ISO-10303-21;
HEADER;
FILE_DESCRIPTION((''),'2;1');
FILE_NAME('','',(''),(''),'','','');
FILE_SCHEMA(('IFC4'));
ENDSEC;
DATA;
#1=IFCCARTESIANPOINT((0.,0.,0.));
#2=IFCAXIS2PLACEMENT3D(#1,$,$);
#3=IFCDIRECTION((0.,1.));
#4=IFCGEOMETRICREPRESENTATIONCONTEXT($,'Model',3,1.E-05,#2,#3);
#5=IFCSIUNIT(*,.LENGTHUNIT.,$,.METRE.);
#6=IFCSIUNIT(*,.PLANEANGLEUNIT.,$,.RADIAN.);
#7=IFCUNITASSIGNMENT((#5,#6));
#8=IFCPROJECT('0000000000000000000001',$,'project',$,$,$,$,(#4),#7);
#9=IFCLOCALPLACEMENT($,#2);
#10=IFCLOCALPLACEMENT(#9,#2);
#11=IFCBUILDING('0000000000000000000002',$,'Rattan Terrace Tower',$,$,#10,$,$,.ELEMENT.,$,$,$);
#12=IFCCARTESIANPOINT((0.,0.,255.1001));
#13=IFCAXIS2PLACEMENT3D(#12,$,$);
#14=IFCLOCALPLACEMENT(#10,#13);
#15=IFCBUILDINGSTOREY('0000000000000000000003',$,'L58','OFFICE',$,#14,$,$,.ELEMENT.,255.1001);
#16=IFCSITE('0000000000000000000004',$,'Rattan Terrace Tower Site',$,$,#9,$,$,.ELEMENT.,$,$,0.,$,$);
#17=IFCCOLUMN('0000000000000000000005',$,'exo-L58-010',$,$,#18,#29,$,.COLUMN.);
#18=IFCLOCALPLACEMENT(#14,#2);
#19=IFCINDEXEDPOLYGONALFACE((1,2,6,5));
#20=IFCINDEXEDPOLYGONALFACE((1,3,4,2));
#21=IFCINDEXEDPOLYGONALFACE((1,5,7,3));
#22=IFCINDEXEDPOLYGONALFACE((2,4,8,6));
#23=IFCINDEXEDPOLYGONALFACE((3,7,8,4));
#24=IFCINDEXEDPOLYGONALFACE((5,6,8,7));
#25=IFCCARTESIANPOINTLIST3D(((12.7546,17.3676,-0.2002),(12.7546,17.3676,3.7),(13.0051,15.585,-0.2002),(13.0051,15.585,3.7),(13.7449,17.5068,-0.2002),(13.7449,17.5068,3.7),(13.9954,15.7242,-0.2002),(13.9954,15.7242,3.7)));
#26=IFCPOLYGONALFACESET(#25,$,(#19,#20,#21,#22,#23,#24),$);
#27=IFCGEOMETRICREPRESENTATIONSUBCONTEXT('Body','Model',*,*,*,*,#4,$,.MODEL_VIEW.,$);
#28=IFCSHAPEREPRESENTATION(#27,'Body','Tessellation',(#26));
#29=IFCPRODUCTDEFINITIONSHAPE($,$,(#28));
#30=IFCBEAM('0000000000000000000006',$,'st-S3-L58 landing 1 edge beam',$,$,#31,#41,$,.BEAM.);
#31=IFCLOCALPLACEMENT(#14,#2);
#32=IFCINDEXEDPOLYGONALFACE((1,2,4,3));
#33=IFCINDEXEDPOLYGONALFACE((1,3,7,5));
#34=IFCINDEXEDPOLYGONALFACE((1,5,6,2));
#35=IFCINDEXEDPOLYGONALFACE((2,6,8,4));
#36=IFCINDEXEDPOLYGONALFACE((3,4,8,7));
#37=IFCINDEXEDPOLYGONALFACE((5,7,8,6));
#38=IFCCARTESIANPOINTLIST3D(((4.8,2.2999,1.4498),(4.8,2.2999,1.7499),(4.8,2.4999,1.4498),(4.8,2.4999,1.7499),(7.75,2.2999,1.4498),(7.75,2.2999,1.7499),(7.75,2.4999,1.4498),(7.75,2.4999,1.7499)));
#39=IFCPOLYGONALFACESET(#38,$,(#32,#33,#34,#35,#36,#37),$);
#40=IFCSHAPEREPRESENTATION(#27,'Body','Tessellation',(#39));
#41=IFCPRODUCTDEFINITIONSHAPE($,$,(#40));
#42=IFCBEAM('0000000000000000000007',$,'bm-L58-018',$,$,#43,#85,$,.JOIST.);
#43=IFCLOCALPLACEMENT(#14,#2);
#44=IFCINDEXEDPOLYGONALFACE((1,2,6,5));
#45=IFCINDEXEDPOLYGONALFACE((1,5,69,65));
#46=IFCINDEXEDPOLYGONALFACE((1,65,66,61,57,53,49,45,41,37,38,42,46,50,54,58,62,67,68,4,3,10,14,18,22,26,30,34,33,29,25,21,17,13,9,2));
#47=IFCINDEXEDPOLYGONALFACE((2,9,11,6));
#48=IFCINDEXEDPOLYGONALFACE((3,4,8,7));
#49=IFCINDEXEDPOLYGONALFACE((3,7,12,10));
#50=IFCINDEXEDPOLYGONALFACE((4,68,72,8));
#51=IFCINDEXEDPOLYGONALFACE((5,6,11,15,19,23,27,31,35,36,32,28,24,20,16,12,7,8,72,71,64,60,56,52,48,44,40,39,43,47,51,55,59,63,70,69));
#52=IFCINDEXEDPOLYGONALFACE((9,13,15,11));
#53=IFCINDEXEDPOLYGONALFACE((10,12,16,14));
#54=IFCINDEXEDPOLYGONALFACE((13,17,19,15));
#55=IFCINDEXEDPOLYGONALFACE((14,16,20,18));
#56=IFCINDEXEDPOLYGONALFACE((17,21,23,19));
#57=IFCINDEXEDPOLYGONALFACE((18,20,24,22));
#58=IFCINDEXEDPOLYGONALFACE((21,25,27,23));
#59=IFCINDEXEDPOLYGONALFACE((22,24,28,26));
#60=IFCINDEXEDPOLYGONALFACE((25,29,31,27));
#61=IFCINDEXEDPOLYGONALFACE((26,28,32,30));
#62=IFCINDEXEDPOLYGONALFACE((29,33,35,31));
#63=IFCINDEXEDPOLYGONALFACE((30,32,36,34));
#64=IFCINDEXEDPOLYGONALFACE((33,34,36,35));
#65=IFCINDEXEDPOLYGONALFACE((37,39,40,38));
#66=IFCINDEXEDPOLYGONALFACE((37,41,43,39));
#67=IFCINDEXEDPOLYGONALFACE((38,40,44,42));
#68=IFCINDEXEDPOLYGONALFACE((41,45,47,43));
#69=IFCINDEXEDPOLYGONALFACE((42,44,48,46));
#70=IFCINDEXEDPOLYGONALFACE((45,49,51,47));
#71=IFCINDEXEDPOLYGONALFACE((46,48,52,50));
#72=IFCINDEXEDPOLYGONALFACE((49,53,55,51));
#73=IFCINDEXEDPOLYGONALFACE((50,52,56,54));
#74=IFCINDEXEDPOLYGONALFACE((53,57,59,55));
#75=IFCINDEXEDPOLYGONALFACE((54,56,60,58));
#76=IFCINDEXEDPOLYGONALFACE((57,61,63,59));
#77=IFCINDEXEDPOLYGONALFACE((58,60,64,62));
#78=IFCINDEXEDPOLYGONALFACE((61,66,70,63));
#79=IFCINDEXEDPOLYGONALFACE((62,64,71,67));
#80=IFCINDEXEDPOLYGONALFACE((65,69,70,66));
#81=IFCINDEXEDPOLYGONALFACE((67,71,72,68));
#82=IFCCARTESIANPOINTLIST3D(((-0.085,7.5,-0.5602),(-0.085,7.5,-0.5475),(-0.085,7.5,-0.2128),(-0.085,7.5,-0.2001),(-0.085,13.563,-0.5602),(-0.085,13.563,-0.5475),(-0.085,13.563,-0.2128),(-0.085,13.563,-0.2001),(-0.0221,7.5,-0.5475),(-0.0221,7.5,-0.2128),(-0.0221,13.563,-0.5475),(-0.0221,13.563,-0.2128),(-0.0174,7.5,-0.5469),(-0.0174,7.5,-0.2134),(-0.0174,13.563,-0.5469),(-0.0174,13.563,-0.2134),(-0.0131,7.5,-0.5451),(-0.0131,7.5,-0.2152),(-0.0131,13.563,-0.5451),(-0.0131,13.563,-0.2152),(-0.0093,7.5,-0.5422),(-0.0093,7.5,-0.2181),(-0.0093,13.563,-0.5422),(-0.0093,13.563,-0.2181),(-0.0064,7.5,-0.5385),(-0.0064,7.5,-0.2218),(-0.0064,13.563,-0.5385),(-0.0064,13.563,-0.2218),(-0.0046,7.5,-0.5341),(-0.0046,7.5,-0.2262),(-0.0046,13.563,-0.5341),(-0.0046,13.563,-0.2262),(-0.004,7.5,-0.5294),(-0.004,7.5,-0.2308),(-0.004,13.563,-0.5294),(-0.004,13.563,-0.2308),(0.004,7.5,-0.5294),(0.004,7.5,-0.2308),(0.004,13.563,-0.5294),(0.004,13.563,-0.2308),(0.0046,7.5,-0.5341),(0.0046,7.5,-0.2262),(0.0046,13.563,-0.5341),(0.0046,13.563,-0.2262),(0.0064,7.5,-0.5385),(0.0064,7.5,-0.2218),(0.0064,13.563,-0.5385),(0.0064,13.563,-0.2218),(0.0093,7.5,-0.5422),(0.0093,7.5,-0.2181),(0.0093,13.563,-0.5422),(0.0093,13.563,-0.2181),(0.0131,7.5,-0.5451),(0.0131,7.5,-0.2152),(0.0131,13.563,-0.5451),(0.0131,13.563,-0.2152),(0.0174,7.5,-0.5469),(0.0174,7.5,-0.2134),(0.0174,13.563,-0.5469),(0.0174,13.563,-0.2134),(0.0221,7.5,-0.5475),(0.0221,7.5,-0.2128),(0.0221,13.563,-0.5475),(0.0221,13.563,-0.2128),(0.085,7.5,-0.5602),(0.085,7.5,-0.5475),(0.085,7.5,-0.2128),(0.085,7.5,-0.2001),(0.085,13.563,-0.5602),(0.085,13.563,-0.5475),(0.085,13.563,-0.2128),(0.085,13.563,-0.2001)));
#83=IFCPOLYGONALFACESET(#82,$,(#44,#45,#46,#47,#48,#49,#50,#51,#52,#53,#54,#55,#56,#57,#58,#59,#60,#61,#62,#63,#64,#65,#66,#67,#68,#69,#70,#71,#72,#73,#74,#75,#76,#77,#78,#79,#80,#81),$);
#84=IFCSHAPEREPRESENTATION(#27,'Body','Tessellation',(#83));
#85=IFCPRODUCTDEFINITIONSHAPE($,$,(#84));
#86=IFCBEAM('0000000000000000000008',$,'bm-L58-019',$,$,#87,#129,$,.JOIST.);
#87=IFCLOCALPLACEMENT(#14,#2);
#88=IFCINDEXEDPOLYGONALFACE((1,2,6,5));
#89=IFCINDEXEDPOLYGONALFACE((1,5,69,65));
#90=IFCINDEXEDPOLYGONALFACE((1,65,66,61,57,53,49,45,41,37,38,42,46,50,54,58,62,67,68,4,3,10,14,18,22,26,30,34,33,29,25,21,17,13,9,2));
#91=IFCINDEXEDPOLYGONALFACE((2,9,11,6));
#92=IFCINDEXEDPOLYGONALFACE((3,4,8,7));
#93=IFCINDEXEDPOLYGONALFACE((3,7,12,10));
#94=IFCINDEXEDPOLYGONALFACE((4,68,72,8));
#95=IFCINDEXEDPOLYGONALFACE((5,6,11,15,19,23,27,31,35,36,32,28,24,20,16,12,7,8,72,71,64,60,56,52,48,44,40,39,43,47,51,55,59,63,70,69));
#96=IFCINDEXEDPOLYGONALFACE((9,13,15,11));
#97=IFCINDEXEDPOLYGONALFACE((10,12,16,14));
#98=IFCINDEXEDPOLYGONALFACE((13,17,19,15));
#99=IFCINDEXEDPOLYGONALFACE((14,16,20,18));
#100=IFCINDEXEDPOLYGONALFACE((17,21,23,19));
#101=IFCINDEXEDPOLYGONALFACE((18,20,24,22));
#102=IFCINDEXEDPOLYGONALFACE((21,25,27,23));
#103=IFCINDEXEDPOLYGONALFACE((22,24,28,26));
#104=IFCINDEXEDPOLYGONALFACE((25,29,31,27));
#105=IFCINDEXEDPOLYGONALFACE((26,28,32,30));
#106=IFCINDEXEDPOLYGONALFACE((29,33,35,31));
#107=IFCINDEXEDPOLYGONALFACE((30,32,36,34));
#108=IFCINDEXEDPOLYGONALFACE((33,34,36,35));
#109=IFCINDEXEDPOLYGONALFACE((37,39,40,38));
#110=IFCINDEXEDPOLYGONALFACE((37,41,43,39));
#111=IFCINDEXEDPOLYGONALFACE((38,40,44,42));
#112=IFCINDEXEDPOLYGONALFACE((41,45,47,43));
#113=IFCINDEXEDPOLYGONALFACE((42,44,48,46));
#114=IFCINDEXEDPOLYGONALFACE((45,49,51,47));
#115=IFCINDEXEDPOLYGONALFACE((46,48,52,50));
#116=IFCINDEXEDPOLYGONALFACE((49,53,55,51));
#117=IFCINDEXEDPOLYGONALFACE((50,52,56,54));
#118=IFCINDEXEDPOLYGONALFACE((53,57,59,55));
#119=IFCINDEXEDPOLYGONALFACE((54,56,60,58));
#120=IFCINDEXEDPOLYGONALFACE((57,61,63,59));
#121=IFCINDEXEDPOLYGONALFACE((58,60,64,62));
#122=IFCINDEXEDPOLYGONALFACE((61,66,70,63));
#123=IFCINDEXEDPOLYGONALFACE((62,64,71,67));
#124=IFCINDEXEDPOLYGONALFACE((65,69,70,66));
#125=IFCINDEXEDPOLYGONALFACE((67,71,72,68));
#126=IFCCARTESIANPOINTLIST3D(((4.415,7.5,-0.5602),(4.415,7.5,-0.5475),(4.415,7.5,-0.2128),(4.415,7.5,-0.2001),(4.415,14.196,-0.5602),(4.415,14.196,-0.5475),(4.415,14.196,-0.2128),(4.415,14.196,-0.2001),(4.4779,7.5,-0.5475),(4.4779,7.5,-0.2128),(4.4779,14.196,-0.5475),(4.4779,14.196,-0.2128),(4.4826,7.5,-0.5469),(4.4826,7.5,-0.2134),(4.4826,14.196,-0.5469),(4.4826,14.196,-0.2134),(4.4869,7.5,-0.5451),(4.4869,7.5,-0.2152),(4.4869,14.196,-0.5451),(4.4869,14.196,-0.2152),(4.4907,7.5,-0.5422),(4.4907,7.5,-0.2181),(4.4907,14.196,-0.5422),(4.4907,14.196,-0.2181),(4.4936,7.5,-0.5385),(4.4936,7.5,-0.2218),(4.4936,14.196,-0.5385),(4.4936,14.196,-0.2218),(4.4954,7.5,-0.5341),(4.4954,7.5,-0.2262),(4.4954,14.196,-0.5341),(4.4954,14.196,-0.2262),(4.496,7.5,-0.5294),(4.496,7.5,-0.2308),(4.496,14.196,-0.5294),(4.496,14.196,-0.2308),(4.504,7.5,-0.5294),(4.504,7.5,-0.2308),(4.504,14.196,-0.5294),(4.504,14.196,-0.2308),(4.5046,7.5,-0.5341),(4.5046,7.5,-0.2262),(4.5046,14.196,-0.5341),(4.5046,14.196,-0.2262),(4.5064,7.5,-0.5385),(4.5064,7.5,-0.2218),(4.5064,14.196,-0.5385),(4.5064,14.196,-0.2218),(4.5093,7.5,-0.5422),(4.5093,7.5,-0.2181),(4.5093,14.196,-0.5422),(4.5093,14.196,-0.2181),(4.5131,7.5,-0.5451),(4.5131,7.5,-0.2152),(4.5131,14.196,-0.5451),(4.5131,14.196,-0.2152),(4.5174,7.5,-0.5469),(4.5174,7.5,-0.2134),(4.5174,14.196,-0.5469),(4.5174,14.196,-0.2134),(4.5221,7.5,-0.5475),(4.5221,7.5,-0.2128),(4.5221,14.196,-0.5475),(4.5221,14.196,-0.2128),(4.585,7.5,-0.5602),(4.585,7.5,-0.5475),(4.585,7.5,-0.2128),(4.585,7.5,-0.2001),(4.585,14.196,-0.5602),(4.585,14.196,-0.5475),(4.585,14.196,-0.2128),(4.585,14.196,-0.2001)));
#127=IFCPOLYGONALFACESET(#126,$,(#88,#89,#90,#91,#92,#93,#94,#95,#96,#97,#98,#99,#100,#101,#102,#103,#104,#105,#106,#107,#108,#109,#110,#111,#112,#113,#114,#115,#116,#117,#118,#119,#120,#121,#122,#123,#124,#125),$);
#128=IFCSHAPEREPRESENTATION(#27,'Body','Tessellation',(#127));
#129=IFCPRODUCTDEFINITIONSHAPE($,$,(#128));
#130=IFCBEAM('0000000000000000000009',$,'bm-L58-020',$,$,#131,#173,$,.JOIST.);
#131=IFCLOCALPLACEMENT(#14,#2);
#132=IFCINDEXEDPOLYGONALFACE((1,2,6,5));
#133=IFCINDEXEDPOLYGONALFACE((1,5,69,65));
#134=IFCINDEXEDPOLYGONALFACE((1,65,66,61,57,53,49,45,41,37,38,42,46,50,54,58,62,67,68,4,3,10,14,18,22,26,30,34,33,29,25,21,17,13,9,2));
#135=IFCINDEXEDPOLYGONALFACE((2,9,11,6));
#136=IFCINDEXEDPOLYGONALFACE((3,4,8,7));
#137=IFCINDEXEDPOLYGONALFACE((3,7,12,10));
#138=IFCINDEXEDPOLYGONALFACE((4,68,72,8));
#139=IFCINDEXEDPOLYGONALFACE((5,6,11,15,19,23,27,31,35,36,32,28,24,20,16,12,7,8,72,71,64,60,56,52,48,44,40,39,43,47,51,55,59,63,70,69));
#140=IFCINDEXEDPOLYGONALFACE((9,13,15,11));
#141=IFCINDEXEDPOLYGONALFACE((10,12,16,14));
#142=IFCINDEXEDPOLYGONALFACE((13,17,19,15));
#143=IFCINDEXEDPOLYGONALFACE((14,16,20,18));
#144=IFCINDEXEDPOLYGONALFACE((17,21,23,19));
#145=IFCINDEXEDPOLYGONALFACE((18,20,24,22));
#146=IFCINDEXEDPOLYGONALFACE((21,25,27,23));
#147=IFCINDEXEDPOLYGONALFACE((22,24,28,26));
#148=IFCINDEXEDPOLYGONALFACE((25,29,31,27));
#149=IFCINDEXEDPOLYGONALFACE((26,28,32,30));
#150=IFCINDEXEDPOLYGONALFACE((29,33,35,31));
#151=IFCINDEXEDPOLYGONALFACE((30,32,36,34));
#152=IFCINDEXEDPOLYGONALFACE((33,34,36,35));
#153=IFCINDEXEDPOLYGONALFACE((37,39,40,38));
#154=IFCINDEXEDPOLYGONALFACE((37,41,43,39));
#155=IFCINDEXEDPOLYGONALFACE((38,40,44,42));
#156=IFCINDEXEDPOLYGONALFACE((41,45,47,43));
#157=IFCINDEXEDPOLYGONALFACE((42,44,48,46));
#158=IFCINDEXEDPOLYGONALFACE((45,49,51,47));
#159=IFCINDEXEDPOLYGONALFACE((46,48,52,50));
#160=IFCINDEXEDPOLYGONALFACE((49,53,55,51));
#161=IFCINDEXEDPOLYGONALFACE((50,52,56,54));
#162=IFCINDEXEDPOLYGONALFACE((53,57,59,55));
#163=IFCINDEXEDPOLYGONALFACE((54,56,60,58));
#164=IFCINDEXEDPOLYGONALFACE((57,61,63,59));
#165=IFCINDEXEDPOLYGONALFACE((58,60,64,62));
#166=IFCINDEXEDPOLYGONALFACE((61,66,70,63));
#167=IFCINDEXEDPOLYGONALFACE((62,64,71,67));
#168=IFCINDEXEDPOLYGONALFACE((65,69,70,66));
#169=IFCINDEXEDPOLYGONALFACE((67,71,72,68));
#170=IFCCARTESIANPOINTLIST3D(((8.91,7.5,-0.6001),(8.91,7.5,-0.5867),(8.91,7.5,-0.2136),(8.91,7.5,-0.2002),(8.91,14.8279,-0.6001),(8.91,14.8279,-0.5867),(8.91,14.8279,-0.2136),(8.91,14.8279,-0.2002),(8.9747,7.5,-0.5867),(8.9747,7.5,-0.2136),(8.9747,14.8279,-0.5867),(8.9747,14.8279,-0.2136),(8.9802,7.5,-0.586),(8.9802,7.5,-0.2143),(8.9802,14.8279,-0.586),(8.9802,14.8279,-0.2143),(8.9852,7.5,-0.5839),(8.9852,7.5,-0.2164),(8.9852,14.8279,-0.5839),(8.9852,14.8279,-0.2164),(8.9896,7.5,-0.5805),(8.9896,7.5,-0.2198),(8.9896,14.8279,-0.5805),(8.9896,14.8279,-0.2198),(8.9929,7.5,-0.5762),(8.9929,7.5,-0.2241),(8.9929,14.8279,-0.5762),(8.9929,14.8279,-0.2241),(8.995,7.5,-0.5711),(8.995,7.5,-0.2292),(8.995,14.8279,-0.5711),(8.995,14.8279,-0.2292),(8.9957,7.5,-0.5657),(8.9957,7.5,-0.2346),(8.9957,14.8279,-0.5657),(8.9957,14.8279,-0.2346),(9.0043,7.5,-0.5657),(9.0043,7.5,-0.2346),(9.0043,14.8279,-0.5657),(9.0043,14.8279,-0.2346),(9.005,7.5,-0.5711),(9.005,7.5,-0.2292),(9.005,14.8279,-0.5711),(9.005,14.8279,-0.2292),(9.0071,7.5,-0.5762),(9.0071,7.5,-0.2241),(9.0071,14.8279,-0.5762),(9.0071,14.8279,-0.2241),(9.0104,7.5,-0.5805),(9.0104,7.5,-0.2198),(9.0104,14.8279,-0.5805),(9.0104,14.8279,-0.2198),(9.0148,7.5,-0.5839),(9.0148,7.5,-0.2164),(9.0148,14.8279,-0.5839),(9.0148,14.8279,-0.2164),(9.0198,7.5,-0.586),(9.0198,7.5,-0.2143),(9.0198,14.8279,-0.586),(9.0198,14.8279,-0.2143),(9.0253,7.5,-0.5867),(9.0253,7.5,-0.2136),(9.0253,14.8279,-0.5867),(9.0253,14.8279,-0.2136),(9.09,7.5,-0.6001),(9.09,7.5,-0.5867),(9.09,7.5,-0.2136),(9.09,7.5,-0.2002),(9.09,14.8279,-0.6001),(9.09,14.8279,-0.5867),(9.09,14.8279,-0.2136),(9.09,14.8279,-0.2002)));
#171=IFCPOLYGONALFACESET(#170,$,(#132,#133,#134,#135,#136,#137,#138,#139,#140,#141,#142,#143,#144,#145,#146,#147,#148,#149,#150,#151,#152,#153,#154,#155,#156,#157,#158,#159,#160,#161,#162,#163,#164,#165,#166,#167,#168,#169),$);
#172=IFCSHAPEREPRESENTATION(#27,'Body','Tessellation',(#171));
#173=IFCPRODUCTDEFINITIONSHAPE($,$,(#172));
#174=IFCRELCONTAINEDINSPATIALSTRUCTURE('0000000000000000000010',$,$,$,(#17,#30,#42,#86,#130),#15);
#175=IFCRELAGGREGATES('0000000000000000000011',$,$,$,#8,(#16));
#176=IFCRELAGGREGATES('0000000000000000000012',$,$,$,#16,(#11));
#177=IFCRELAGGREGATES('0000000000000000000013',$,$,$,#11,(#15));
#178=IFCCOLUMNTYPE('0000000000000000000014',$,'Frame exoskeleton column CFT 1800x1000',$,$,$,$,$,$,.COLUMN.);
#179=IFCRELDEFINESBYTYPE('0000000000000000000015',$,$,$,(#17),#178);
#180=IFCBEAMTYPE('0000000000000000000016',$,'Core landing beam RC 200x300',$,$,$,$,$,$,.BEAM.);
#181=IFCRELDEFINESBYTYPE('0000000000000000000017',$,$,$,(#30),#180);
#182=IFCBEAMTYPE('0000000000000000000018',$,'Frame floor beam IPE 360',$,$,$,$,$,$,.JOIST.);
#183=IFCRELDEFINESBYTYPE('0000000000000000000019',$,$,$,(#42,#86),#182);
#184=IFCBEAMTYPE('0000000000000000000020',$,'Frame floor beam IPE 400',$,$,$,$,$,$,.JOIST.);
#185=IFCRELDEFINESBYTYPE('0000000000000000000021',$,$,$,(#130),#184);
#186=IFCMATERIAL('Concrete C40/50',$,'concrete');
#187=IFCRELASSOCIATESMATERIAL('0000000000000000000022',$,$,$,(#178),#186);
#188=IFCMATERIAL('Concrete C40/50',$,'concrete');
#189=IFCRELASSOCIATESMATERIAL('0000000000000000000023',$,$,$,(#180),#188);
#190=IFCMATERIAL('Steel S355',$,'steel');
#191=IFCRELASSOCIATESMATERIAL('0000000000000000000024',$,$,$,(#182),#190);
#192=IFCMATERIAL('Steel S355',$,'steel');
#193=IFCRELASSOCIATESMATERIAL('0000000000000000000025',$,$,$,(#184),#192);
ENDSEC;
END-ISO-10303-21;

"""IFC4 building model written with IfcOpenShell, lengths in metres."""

from ifc_helpers import new_model, si_unit, direction, frame, origin, origin_2d, place, context, subcontext, project, spatial, rectangle, i_section, extrude, material, material_profile, profile_set, type_object, element, save


model = new_model("IFC4")

# Units and contexts
model_context = context("Model", 3, precision=1e-05, world=origin(), true_north=direction((0.0, 1.0)))
body_context = subcontext(model_context, "Body", "Model", "MODEL_VIEW")
ifc_project = project(units=[si_unit("LENGTHUNIT", "METRE"), si_unit("PLANEANGLEUNIT", "RADIAN")], contexts=[model_context])

# Site, building, storey
site_placement = place(None, origin())
site = spatial("IfcSite", under=ifc_project, at=site_placement, Name="Rattan Terrace Tower Site", CompositionType="ELEMENT", RefElevation=0.0)
building_placement = place(site_placement, origin())
building = spatial("IfcBuilding", under=site, at=building_placement, Name="Rattan Terrace Tower", CompositionType="ELEMENT")
storey_placement = place(building_placement, frame((0.0, 0.0, 255.1001)))
storey = spatial("IfcBuildingStorey", under=building, at=storey_placement, Name="L58", Description="OFFICE", CompositionType="ELEMENT", Elevation=255.1001)

# Column
ifc_material_1 = material(Name="Concrete C40/50", Category="concrete")
ifc_material_profile_1 = material_profile(ifc_material_1, rectangle(XDim=1.0, YDim=1.8, at=origin_2d()), Name="CFT 1800x1000")
ifc_profile_set_1 = profile_set([ifc_material_profile_1], Name="Concrete C40/50")
column_type = type_object("IfcColumnType", Name="Frame exoskeleton column CFT 1800x1000", PredefinedType="COLUMN", material=ifc_profile_set_1)
column_placement = place(storey_placement, frame((13.375, 16.5459, -0.2002), z_axis=(0.0, 0.0, 1.0), x_axis=(0.990266, 0.13919, 0.0)))
element("IfcColumn", 1, at=column_placement, inside=storey, type_object=column_type, Name="exo-L58-010", PredefinedType="COLUMN", context=body_context, shape_type="SweptSolid", body=[
    extrude(rectangle(XDim=1.0, YDim=1.8, at=origin_2d()), origin(), (0.0, 0.0, 1.0), 3.9001),
])

# Beams
ifc_material_2 = material(Name="Concrete C40/50", Category="concrete")
ifc_material_profile_2 = material_profile(ifc_material_2, rectangle(XDim=0.2, YDim=0.3, at=origin_2d()), Name="RC 200x300")
ifc_profile_set_2 = profile_set([ifc_material_profile_2], Name="Concrete C40/50")
beam_type_1 = type_object("IfcBeamType", Name="Core landing beam RC 200x300", PredefinedType="BEAM", material=ifc_profile_set_2)
beam_1_placement = place(storey_placement, frame((4.8, 2.3999, 1.5999), z_axis=(1.0, 0.0, 0.0), x_axis=(0.0, 1.0, 0.0)))
element("IfcBeam", 2, at=beam_1_placement, inside=storey, type_object=beam_type_1, Name="st-S3-L58 landing 1 edge beam", PredefinedType="BEAM", context=body_context, shape_type="SweptSolid", body=[
    extrude(rectangle(XDim=0.2, YDim=0.3, at=origin_2d()), origin(), (0.0, 0.0, 1.0), 2.95),
])
ifc_material_3 = material(Name="Steel S355", Category="steel")
ifc_material_profile_3 = material_profile(ifc_material_3, i_section(OverallWidth=0.1699, OverallDepth=0.3601, WebThickness=0.0081, FlangeThickness=0.0127, FilletRadius=0.0181, at=origin_2d()), Name="IPE 360")
ifc_profile_set_3 = profile_set([ifc_material_profile_3], Name="Steel S355")
beam_type_2 = type_object("IfcBeamType", Name="Frame floor beam IPE 360", PredefinedType="JOIST", material=ifc_profile_set_3)
beam_2_placement = place(storey_placement, frame((0.0, 7.5, -0.3801), z_axis=(0.0, 1.0, 0.0), x_axis=(-1.0, 0.0, 0.0)))
element("IfcBeam", 3, at=beam_2_placement, inside=storey, type_object=beam_type_2, Name="bm-L58-018", PredefinedType="JOIST", context=body_context, shape_type="SweptSolid", body=[
    extrude(i_section(OverallWidth=0.1699, OverallDepth=0.3601, WebThickness=0.0081, FlangeThickness=0.0127, FilletRadius=0.0181, at=origin_2d()), origin(), (0.0, 0.0, 1.0), 6.063),
])
beam_3_placement = place(storey_placement, frame((4.5, 7.5, -0.3801), z_axis=(0.0, 1.0, 0.0), x_axis=(-1.0, 0.0, 0.0)))
element("IfcBeam", 4, at=beam_3_placement, inside=storey, type_object=beam_type_2, Name="bm-L58-019", PredefinedType="JOIST", context=body_context, shape_type="SweptSolid", body=[
    extrude(i_section(OverallWidth=0.1699, OverallDepth=0.3601, WebThickness=0.0081, FlangeThickness=0.0127, FilletRadius=0.0181, at=origin_2d()), origin(), (0.0, 0.0, 1.0), 6.696),
])
ifc_material_4 = material(Name="Steel S355", Category="steel")
ifc_material_profile_4 = material_profile(ifc_material_4, i_section(OverallWidth=0.1799, OverallDepth=0.3999, WebThickness=0.0085, FlangeThickness=0.0134, FilletRadius=0.021, at=origin_2d()), Name="IPE 400")
ifc_profile_set_4 = profile_set([ifc_material_profile_4], Name="Steel S355")
beam_type_3 = type_object("IfcBeamType", Name="Frame floor beam IPE 400", PredefinedType="JOIST", material=ifc_profile_set_4)
beam_4_placement = place(storey_placement, frame((9.0, 7.5, -0.4001), z_axis=(0.0, 1.0, 0.0), x_axis=(-1.0, 0.0, 0.0)))
element("IfcBeam", 5, at=beam_4_placement, inside=storey, type_object=beam_type_3, Name="bm-L58-020", PredefinedType="JOIST", context=body_context, shape_type="SweptSolid", body=[
    extrude(i_section(OverallWidth=0.1799, OverallDepth=0.3999, WebThickness=0.0085, FlangeThickness=0.0134, FilletRadius=0.021, at=origin_2d()), origin(), (0.0, 0.0, 1.0), 7.3279),
])

save(model, "model.ifc")
